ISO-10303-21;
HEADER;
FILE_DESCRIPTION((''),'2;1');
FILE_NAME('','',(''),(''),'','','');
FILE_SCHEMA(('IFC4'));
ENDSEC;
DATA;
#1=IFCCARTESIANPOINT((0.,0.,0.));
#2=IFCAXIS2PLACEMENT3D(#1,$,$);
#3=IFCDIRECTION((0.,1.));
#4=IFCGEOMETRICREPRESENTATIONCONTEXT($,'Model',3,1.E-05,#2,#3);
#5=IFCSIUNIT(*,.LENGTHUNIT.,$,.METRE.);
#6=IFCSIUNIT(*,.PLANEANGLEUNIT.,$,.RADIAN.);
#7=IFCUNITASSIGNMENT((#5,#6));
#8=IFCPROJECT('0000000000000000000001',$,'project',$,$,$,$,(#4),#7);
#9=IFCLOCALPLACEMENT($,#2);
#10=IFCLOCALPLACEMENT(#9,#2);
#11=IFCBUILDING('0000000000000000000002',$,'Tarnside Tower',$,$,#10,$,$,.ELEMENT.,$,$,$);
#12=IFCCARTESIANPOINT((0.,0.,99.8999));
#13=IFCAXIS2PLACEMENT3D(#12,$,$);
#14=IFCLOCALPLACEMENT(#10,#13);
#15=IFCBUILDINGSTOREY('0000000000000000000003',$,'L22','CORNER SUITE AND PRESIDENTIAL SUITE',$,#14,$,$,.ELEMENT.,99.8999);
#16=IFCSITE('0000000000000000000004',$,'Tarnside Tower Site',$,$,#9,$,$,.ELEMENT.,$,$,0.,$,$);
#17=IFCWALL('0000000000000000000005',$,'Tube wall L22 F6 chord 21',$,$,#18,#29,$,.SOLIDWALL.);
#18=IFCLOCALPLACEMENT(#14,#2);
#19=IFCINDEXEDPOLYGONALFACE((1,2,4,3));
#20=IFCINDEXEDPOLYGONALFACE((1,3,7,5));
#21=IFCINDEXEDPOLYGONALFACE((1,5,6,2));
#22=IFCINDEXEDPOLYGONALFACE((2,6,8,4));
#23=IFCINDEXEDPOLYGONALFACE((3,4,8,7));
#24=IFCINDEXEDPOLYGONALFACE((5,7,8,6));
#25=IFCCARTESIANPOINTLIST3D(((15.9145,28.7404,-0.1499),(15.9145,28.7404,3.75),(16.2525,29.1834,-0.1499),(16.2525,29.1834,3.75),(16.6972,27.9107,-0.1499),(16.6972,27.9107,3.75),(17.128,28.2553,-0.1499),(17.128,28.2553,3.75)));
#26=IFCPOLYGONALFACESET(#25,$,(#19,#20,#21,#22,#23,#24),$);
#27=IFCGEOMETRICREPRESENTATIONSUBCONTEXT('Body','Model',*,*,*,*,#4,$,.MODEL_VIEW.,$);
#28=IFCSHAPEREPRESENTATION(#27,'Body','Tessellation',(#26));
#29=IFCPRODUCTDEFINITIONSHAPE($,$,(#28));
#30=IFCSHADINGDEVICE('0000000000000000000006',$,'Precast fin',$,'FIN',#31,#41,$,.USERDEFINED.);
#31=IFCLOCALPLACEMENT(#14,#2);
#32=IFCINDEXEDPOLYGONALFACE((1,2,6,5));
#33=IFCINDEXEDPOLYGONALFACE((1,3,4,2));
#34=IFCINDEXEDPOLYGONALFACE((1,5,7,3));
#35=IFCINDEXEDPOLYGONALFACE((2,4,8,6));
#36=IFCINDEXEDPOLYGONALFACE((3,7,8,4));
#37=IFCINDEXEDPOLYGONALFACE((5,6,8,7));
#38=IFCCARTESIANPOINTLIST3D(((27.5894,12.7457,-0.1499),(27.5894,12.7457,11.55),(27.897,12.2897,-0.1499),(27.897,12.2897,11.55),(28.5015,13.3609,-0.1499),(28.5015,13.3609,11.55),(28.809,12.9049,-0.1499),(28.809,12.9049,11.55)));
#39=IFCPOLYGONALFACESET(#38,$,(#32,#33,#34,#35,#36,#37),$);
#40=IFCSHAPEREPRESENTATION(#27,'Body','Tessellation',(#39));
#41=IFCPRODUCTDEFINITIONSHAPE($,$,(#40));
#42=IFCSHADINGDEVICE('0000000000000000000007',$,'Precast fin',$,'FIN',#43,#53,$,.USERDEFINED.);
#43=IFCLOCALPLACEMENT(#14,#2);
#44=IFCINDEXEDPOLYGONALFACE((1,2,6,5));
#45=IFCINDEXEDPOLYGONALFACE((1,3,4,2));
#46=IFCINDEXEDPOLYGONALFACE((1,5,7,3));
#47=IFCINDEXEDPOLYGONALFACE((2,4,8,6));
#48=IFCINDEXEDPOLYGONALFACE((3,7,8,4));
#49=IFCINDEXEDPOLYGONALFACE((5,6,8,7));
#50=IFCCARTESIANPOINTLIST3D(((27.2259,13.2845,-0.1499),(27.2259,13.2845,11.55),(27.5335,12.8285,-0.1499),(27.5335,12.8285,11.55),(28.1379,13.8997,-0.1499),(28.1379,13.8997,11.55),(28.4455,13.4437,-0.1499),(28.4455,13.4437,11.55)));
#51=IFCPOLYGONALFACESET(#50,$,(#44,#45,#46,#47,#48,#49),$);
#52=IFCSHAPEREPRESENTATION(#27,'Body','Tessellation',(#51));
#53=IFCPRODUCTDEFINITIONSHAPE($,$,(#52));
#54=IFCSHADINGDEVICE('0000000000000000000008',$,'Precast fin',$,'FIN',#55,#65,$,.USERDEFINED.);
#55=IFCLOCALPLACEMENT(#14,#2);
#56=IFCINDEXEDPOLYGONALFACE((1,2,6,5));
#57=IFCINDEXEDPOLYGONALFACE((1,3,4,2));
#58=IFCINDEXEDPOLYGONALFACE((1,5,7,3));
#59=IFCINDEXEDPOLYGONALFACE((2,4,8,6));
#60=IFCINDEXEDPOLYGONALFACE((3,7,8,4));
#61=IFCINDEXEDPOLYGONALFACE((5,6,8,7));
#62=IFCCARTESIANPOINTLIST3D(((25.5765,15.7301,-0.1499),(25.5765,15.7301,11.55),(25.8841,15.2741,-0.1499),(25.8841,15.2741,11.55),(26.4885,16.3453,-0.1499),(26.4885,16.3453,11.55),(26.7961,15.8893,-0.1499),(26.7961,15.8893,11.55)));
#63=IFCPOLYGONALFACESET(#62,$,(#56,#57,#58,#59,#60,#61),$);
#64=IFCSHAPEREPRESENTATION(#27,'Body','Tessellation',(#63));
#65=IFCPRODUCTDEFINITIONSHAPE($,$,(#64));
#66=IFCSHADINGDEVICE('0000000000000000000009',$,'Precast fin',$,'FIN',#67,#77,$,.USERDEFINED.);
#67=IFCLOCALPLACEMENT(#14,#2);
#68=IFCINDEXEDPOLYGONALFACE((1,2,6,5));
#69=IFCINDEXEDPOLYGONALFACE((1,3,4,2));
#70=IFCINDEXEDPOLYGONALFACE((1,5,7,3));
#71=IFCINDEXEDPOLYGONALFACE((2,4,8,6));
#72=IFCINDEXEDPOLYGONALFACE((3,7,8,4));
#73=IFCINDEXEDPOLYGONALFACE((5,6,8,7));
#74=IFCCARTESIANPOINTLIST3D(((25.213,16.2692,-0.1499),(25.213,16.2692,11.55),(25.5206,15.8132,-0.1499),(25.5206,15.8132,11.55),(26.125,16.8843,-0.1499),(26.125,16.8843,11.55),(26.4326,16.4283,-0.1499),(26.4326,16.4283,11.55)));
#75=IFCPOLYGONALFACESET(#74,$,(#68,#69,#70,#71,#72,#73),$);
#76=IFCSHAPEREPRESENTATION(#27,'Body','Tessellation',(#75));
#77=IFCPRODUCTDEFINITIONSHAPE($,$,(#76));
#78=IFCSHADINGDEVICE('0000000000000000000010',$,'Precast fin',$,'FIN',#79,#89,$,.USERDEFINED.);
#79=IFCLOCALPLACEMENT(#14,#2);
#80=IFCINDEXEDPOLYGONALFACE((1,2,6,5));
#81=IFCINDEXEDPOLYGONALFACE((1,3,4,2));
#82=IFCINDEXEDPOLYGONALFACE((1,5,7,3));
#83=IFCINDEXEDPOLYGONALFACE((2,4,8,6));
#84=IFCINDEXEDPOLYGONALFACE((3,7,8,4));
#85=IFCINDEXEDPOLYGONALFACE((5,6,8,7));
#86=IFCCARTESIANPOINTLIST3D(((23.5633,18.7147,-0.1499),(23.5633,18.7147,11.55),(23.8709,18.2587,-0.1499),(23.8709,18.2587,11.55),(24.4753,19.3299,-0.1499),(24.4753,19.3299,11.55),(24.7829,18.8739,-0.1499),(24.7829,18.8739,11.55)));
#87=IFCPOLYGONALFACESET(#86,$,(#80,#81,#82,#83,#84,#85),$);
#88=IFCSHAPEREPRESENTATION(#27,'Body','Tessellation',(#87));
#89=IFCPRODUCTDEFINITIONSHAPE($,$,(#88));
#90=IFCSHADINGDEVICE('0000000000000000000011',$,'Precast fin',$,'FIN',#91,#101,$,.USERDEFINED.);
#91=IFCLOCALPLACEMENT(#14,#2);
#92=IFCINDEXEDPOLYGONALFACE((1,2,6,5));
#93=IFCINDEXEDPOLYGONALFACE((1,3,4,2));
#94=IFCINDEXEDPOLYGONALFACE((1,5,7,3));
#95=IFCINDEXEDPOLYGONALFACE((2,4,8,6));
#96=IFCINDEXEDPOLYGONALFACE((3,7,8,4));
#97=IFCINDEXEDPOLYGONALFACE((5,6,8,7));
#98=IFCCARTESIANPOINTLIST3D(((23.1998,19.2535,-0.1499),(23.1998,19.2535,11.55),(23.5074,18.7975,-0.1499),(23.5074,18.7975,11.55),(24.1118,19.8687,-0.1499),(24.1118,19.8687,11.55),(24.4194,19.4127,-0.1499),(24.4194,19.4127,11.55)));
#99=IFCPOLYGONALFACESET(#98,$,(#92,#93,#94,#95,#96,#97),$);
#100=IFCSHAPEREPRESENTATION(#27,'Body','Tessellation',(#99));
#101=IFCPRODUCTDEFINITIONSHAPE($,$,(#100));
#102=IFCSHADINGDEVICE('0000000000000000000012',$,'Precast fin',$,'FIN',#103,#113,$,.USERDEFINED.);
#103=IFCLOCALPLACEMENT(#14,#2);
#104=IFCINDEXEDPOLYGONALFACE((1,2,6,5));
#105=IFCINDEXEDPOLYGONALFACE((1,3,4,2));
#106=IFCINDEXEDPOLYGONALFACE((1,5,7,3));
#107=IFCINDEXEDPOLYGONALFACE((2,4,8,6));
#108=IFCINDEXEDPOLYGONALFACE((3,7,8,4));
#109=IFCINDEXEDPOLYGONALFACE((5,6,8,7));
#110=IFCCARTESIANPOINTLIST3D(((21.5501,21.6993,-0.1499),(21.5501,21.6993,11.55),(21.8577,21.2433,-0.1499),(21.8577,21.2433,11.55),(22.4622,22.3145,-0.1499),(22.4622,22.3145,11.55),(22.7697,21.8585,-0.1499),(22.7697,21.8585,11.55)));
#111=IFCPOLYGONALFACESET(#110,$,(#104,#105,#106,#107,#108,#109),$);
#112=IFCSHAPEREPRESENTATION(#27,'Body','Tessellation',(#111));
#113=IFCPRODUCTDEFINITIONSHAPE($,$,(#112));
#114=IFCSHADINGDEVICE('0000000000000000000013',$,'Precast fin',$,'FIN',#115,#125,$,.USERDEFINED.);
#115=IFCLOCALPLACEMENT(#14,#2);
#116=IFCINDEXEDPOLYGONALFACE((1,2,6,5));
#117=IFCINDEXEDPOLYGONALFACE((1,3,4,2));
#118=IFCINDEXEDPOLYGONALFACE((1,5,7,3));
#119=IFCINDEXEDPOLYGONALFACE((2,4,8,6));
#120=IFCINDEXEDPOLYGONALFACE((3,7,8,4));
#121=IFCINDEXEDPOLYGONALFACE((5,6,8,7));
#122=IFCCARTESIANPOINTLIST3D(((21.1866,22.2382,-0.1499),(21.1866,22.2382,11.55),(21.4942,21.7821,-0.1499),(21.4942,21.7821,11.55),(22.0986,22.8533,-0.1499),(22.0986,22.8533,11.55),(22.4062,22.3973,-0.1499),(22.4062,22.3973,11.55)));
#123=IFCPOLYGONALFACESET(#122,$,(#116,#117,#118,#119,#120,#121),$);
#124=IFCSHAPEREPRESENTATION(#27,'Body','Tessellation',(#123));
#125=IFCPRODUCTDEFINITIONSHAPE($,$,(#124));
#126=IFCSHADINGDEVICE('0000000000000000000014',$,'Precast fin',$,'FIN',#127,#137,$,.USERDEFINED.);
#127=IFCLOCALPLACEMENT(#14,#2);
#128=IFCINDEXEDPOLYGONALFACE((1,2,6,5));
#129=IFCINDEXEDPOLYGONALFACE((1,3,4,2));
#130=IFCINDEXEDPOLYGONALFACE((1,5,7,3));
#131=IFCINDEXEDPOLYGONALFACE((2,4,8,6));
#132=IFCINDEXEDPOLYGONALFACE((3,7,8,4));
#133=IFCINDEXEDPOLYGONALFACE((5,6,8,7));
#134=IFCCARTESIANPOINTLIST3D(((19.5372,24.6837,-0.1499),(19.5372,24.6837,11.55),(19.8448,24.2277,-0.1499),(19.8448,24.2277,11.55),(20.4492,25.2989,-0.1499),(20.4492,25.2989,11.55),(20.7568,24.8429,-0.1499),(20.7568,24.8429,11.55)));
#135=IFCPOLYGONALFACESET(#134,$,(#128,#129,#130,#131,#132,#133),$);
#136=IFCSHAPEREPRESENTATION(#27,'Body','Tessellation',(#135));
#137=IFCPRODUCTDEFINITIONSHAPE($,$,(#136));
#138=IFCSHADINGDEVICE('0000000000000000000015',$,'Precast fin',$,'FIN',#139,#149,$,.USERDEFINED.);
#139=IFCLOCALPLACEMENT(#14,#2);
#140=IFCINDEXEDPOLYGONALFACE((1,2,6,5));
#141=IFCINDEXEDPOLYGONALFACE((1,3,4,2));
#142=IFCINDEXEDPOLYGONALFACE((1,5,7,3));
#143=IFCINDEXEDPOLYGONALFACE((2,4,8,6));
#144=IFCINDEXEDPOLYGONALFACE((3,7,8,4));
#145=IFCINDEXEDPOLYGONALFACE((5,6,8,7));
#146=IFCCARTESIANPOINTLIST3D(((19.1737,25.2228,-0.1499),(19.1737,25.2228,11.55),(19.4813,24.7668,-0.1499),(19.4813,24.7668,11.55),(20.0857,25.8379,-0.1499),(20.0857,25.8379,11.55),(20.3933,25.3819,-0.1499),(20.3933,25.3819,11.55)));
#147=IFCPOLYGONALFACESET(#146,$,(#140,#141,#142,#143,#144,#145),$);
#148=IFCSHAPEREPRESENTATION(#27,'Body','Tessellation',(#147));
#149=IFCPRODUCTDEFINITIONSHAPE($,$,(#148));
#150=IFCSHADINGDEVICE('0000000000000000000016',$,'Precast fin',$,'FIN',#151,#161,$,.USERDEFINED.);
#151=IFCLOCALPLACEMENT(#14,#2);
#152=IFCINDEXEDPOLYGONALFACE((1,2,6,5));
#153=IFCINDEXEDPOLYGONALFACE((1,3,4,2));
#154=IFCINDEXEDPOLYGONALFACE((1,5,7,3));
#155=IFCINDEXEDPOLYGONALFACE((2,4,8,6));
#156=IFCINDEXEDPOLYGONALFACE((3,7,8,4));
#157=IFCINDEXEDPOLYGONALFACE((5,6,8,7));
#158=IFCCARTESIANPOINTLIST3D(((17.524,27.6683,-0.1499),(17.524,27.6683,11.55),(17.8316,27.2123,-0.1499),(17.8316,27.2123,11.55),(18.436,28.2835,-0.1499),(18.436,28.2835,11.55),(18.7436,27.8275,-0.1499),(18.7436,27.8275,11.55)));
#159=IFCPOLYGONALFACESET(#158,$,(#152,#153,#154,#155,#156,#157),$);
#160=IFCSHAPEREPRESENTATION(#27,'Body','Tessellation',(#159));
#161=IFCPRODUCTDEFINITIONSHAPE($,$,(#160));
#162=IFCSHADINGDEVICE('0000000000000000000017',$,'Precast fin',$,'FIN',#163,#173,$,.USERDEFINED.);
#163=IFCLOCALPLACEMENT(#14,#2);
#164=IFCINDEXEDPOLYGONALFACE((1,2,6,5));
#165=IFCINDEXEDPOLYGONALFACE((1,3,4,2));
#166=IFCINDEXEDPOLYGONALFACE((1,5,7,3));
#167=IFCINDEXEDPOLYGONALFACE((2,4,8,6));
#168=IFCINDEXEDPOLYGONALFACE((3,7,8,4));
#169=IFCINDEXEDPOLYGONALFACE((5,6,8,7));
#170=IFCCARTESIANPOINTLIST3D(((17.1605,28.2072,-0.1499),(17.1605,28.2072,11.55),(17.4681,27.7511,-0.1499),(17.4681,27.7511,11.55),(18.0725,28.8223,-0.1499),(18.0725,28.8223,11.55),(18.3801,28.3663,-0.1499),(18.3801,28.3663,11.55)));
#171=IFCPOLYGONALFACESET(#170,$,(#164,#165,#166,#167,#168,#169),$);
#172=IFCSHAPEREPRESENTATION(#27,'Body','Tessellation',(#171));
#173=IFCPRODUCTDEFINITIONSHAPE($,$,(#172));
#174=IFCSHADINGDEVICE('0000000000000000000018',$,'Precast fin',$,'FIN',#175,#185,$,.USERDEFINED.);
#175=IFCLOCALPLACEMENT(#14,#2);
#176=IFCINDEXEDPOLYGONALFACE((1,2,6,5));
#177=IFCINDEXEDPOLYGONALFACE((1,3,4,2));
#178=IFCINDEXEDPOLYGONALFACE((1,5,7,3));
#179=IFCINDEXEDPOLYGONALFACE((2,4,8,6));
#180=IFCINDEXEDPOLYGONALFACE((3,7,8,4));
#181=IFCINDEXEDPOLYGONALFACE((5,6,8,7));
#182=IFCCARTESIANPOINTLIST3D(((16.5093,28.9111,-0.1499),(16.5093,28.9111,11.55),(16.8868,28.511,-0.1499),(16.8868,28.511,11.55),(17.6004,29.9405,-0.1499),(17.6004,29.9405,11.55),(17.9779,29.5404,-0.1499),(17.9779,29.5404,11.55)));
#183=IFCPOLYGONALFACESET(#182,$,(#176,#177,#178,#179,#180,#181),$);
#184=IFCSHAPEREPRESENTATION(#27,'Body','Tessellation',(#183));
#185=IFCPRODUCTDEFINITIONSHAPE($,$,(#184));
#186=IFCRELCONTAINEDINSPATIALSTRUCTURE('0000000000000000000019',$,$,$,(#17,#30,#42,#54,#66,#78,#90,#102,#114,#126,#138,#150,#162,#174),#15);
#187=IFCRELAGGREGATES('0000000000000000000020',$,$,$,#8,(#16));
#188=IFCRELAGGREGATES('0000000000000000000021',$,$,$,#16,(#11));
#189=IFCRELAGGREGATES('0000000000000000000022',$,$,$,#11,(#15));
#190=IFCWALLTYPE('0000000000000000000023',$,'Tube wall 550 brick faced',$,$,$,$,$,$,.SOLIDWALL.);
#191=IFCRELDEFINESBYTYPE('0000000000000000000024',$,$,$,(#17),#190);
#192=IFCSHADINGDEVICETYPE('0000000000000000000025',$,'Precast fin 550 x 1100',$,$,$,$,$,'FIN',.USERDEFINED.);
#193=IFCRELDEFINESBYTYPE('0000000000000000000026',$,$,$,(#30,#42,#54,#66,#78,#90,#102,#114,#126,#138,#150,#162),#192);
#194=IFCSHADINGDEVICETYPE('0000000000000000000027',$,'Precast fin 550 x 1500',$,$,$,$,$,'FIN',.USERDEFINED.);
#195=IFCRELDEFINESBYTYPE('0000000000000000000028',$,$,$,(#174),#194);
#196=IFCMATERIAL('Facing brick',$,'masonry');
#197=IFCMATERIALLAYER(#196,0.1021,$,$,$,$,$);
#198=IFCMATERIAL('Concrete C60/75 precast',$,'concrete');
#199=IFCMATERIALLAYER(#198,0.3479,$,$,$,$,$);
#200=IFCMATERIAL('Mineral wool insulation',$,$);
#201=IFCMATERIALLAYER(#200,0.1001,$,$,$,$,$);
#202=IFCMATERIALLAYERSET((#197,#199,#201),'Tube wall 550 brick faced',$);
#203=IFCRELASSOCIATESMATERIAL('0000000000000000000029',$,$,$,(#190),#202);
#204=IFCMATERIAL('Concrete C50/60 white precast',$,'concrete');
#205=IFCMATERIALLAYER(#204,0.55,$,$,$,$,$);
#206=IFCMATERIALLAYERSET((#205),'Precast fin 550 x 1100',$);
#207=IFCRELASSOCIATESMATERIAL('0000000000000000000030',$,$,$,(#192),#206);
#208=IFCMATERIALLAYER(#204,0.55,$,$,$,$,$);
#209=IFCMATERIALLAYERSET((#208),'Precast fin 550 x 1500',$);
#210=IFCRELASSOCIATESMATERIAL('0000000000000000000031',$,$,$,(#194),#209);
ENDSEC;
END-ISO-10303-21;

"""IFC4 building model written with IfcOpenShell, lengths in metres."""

from ifc_helpers import new_model, si_unit, direction, frame, origin, place, context, subcontext, project, spatial, polyline, outline, extrude, material, layer, layer_set, type_object, element, save


model = new_model("IFC4")

# Units and contexts
model_context = context("Model", 3, precision=1e-05, world=origin(), true_north=direction((0.0, 1.0)))
body_context = subcontext(model_context, "Body", "Model", "MODEL_VIEW")
ifc_project = project(units=[si_unit("LENGTHUNIT", "METRE"), si_unit("PLANEANGLEUNIT", "RADIAN")], contexts=[model_context])

# Site, building, storey
site_placement = place(None, origin())
site = spatial("IfcSite", under=ifc_project, at=site_placement, Name="Tarnside Tower Site", CompositionType="ELEMENT", RefElevation=0.0)
building_placement = place(site_placement, origin())
building = spatial("IfcBuilding", under=site, at=building_placement, Name="Tarnside Tower", CompositionType="ELEMENT")
storey_placement = place(building_placement, frame((0.0, 0.0, 99.8999)))
storey = spatial("IfcBuildingStorey", under=building, at=storey_placement, Name="L22", Description="CORNER SUITE AND PRESIDENTIAL SUITE", CompositionType="ELEMENT", Elevation=99.8999)

# Wall
ifc_material_1 = material(Name="Facing brick", Category="masonry")
ifc_layer_1 = layer(ifc_material_1, 0.1021)
ifc_material_2 = material(Name="Concrete C60/75 precast", Category="concrete")
ifc_layer_2 = layer(ifc_material_2, 0.3479)
ifc_material_3 = material(Name="Mineral wool insulation")
ifc_layer_3 = layer(ifc_material_3, 0.1001)
ifc_layer_set_1 = layer_set([ifc_layer_1, ifc_layer_2, ifc_layer_3], Name="Tube wall 550 brick faced")
wall_type_1 = type_object("IfcWallType", Name="Tube wall 550 brick faced", PredefinedType="SOLIDWALL", material=ifc_layer_set_1)
wall_1_placement = place(storey_placement, frame((16.9126, 28.083, -0.1499), z_axis=(0.0, 0.0, 1.0), x_axis=(-0.686196, 0.727416, 0.0)))
element("IfcWall", 1, at=wall_1_placement, inside=storey, type_object=wall_type_1, Name="Tube wall L22 F6 chord 21", PredefinedType="SOLIDWALL", context=body_context, shape_type="SweptSolid", body=[
    extrude(outline(polyline([(-0.0225, -0.2749), (1.2534, -0.2749), (1.1631, 0.2749), (0.0225, 0.2749), (-0.0225, -0.2749)])), origin(), (0.0, 0.0, 1.0), 3.8999),
])

# Shading devices
ifc_material_4 = material(Name="Concrete C50/60 white precast", Category="concrete")
ifc_layer_4 = layer(ifc_material_4, 0.55)
ifc_layer_set_2 = layer_set([ifc_layer_4], Name="Precast fin 550 x 1100")
shading_device_type_1 = type_object("IfcShadingDeviceType", Name="Precast fin 550 x 1100", ElementType="FIN", PredefinedType="USERDEFINED", material=ifc_layer_set_2)
for number, where, z_axis, x_axis, name in (
    (2, (27.7432, 12.5178, -0.1499), (0.559193, -0.829038, 0.0), (0.829038, 0.559193, 0.0), "Precast fin"),
    (3, (27.3796, 13.0566, -0.1499), (0.559193, -0.829038, 0.0), (0.829038, 0.559193, 0.0), "Precast fin"),
    (4, (25.7302, 15.5022, -0.1499), (0.559193, -0.829038, 0.0), (0.829038, 0.559193, 0.0), "Precast fin"),
    (5, (25.3667, 16.0413, -0.1499), (0.559193, -0.829038, 0.0), (0.829038, 0.559193, 0.0), "Precast fin"),
    (6, (23.717, 18.4868, -0.1499), (0.559193, -0.829038, 0.0), (0.829038, 0.559193, 0.0), "Precast fin"),
    (7, (23.3535, 19.0256, -0.1499), (0.559193, -0.829038, 0.0), (0.829038, 0.559193, 0.0), "Precast fin"),
    (8, (21.7039, 21.4714, -0.1499), (0.559193, -0.829038, 0.0), (0.829038, 0.559193, 0.0), "Precast fin"),
    (9, (21.3403, 22.0103, -0.1499), (0.559193, -0.829038, 0.0), (0.829038, 0.559193, 0.0), "Precast fin"),
    (10, (19.6909, 24.4558, -0.1499), (0.559193, -0.829038, 0.0), (0.829038, 0.559193, 0.0), "Precast fin"),
    (11, (19.3274, 24.9949, -0.1499), (0.559193, -0.829038, 0.0), (0.829038, 0.559193, 0.0), "Precast fin"),
    (12, (17.6777, 27.4404, -0.1499), (0.559193, -0.829038, 0.0), (0.829038, 0.559193, 0.0), "Precast fin"),
    (13, (17.3142, 27.9792, -0.1499), (0.559193, -0.829038, 0.0), (0.829038, 0.559193, 0.0), "Precast fin"),
):
    element("IfcShadingDevice", number, at=place(storey_placement, frame(where, z_axis=z_axis, x_axis=x_axis)), inside=storey, type_object=shading_device_type_1, Name=name, ObjectType="FIN", PredefinedType="USERDEFINED", context=body_context, shape_type="SweptSolid", body=[
        extrude(outline(polyline([(0.0, 0.0), (1.1001, 0.0), (1.1001, 11.7), (0.0, 11.7), (0.0, 0.0)])), frame((0.0, 0.0, -0.2749)), (0.0, 0.0, 1.0), 0.55),
    ])
ifc_layer_5 = layer(ifc_material_4, 0.55)
ifc_layer_set_3 = layer_set([ifc_layer_5], Name="Precast fin 550 x 1500")
shading_device_type_2 = type_object("IfcShadingDeviceType", Name="Precast fin 550 x 1500", ElementType="FIN", PredefinedType="USERDEFINED", material=ifc_layer_set_3)
shading_device_placement = place(storey_placement, frame((16.698, 28.7112, -0.1499), z_axis=(0.686242, -0.727374, 0.0), x_axis=(0.727374, 0.686242, 0.0)))
element("IfcShadingDevice", 14, at=shading_device_placement, inside=storey, type_object=shading_device_type_2, Name="Precast fin", ObjectType="FIN", PredefinedType="USERDEFINED", context=body_context, shape_type="SweptSolid", body=[
    extrude(outline(polyline([(0.0, 0.0), (1.5, 0.0), (1.5, 11.7), (0.0, 11.7), (0.0, 0.0)])), frame((0.0, 0.0, -0.2749)), (0.0, 0.0, 1.0), 0.55),
])

save(model, "model.ifc")
